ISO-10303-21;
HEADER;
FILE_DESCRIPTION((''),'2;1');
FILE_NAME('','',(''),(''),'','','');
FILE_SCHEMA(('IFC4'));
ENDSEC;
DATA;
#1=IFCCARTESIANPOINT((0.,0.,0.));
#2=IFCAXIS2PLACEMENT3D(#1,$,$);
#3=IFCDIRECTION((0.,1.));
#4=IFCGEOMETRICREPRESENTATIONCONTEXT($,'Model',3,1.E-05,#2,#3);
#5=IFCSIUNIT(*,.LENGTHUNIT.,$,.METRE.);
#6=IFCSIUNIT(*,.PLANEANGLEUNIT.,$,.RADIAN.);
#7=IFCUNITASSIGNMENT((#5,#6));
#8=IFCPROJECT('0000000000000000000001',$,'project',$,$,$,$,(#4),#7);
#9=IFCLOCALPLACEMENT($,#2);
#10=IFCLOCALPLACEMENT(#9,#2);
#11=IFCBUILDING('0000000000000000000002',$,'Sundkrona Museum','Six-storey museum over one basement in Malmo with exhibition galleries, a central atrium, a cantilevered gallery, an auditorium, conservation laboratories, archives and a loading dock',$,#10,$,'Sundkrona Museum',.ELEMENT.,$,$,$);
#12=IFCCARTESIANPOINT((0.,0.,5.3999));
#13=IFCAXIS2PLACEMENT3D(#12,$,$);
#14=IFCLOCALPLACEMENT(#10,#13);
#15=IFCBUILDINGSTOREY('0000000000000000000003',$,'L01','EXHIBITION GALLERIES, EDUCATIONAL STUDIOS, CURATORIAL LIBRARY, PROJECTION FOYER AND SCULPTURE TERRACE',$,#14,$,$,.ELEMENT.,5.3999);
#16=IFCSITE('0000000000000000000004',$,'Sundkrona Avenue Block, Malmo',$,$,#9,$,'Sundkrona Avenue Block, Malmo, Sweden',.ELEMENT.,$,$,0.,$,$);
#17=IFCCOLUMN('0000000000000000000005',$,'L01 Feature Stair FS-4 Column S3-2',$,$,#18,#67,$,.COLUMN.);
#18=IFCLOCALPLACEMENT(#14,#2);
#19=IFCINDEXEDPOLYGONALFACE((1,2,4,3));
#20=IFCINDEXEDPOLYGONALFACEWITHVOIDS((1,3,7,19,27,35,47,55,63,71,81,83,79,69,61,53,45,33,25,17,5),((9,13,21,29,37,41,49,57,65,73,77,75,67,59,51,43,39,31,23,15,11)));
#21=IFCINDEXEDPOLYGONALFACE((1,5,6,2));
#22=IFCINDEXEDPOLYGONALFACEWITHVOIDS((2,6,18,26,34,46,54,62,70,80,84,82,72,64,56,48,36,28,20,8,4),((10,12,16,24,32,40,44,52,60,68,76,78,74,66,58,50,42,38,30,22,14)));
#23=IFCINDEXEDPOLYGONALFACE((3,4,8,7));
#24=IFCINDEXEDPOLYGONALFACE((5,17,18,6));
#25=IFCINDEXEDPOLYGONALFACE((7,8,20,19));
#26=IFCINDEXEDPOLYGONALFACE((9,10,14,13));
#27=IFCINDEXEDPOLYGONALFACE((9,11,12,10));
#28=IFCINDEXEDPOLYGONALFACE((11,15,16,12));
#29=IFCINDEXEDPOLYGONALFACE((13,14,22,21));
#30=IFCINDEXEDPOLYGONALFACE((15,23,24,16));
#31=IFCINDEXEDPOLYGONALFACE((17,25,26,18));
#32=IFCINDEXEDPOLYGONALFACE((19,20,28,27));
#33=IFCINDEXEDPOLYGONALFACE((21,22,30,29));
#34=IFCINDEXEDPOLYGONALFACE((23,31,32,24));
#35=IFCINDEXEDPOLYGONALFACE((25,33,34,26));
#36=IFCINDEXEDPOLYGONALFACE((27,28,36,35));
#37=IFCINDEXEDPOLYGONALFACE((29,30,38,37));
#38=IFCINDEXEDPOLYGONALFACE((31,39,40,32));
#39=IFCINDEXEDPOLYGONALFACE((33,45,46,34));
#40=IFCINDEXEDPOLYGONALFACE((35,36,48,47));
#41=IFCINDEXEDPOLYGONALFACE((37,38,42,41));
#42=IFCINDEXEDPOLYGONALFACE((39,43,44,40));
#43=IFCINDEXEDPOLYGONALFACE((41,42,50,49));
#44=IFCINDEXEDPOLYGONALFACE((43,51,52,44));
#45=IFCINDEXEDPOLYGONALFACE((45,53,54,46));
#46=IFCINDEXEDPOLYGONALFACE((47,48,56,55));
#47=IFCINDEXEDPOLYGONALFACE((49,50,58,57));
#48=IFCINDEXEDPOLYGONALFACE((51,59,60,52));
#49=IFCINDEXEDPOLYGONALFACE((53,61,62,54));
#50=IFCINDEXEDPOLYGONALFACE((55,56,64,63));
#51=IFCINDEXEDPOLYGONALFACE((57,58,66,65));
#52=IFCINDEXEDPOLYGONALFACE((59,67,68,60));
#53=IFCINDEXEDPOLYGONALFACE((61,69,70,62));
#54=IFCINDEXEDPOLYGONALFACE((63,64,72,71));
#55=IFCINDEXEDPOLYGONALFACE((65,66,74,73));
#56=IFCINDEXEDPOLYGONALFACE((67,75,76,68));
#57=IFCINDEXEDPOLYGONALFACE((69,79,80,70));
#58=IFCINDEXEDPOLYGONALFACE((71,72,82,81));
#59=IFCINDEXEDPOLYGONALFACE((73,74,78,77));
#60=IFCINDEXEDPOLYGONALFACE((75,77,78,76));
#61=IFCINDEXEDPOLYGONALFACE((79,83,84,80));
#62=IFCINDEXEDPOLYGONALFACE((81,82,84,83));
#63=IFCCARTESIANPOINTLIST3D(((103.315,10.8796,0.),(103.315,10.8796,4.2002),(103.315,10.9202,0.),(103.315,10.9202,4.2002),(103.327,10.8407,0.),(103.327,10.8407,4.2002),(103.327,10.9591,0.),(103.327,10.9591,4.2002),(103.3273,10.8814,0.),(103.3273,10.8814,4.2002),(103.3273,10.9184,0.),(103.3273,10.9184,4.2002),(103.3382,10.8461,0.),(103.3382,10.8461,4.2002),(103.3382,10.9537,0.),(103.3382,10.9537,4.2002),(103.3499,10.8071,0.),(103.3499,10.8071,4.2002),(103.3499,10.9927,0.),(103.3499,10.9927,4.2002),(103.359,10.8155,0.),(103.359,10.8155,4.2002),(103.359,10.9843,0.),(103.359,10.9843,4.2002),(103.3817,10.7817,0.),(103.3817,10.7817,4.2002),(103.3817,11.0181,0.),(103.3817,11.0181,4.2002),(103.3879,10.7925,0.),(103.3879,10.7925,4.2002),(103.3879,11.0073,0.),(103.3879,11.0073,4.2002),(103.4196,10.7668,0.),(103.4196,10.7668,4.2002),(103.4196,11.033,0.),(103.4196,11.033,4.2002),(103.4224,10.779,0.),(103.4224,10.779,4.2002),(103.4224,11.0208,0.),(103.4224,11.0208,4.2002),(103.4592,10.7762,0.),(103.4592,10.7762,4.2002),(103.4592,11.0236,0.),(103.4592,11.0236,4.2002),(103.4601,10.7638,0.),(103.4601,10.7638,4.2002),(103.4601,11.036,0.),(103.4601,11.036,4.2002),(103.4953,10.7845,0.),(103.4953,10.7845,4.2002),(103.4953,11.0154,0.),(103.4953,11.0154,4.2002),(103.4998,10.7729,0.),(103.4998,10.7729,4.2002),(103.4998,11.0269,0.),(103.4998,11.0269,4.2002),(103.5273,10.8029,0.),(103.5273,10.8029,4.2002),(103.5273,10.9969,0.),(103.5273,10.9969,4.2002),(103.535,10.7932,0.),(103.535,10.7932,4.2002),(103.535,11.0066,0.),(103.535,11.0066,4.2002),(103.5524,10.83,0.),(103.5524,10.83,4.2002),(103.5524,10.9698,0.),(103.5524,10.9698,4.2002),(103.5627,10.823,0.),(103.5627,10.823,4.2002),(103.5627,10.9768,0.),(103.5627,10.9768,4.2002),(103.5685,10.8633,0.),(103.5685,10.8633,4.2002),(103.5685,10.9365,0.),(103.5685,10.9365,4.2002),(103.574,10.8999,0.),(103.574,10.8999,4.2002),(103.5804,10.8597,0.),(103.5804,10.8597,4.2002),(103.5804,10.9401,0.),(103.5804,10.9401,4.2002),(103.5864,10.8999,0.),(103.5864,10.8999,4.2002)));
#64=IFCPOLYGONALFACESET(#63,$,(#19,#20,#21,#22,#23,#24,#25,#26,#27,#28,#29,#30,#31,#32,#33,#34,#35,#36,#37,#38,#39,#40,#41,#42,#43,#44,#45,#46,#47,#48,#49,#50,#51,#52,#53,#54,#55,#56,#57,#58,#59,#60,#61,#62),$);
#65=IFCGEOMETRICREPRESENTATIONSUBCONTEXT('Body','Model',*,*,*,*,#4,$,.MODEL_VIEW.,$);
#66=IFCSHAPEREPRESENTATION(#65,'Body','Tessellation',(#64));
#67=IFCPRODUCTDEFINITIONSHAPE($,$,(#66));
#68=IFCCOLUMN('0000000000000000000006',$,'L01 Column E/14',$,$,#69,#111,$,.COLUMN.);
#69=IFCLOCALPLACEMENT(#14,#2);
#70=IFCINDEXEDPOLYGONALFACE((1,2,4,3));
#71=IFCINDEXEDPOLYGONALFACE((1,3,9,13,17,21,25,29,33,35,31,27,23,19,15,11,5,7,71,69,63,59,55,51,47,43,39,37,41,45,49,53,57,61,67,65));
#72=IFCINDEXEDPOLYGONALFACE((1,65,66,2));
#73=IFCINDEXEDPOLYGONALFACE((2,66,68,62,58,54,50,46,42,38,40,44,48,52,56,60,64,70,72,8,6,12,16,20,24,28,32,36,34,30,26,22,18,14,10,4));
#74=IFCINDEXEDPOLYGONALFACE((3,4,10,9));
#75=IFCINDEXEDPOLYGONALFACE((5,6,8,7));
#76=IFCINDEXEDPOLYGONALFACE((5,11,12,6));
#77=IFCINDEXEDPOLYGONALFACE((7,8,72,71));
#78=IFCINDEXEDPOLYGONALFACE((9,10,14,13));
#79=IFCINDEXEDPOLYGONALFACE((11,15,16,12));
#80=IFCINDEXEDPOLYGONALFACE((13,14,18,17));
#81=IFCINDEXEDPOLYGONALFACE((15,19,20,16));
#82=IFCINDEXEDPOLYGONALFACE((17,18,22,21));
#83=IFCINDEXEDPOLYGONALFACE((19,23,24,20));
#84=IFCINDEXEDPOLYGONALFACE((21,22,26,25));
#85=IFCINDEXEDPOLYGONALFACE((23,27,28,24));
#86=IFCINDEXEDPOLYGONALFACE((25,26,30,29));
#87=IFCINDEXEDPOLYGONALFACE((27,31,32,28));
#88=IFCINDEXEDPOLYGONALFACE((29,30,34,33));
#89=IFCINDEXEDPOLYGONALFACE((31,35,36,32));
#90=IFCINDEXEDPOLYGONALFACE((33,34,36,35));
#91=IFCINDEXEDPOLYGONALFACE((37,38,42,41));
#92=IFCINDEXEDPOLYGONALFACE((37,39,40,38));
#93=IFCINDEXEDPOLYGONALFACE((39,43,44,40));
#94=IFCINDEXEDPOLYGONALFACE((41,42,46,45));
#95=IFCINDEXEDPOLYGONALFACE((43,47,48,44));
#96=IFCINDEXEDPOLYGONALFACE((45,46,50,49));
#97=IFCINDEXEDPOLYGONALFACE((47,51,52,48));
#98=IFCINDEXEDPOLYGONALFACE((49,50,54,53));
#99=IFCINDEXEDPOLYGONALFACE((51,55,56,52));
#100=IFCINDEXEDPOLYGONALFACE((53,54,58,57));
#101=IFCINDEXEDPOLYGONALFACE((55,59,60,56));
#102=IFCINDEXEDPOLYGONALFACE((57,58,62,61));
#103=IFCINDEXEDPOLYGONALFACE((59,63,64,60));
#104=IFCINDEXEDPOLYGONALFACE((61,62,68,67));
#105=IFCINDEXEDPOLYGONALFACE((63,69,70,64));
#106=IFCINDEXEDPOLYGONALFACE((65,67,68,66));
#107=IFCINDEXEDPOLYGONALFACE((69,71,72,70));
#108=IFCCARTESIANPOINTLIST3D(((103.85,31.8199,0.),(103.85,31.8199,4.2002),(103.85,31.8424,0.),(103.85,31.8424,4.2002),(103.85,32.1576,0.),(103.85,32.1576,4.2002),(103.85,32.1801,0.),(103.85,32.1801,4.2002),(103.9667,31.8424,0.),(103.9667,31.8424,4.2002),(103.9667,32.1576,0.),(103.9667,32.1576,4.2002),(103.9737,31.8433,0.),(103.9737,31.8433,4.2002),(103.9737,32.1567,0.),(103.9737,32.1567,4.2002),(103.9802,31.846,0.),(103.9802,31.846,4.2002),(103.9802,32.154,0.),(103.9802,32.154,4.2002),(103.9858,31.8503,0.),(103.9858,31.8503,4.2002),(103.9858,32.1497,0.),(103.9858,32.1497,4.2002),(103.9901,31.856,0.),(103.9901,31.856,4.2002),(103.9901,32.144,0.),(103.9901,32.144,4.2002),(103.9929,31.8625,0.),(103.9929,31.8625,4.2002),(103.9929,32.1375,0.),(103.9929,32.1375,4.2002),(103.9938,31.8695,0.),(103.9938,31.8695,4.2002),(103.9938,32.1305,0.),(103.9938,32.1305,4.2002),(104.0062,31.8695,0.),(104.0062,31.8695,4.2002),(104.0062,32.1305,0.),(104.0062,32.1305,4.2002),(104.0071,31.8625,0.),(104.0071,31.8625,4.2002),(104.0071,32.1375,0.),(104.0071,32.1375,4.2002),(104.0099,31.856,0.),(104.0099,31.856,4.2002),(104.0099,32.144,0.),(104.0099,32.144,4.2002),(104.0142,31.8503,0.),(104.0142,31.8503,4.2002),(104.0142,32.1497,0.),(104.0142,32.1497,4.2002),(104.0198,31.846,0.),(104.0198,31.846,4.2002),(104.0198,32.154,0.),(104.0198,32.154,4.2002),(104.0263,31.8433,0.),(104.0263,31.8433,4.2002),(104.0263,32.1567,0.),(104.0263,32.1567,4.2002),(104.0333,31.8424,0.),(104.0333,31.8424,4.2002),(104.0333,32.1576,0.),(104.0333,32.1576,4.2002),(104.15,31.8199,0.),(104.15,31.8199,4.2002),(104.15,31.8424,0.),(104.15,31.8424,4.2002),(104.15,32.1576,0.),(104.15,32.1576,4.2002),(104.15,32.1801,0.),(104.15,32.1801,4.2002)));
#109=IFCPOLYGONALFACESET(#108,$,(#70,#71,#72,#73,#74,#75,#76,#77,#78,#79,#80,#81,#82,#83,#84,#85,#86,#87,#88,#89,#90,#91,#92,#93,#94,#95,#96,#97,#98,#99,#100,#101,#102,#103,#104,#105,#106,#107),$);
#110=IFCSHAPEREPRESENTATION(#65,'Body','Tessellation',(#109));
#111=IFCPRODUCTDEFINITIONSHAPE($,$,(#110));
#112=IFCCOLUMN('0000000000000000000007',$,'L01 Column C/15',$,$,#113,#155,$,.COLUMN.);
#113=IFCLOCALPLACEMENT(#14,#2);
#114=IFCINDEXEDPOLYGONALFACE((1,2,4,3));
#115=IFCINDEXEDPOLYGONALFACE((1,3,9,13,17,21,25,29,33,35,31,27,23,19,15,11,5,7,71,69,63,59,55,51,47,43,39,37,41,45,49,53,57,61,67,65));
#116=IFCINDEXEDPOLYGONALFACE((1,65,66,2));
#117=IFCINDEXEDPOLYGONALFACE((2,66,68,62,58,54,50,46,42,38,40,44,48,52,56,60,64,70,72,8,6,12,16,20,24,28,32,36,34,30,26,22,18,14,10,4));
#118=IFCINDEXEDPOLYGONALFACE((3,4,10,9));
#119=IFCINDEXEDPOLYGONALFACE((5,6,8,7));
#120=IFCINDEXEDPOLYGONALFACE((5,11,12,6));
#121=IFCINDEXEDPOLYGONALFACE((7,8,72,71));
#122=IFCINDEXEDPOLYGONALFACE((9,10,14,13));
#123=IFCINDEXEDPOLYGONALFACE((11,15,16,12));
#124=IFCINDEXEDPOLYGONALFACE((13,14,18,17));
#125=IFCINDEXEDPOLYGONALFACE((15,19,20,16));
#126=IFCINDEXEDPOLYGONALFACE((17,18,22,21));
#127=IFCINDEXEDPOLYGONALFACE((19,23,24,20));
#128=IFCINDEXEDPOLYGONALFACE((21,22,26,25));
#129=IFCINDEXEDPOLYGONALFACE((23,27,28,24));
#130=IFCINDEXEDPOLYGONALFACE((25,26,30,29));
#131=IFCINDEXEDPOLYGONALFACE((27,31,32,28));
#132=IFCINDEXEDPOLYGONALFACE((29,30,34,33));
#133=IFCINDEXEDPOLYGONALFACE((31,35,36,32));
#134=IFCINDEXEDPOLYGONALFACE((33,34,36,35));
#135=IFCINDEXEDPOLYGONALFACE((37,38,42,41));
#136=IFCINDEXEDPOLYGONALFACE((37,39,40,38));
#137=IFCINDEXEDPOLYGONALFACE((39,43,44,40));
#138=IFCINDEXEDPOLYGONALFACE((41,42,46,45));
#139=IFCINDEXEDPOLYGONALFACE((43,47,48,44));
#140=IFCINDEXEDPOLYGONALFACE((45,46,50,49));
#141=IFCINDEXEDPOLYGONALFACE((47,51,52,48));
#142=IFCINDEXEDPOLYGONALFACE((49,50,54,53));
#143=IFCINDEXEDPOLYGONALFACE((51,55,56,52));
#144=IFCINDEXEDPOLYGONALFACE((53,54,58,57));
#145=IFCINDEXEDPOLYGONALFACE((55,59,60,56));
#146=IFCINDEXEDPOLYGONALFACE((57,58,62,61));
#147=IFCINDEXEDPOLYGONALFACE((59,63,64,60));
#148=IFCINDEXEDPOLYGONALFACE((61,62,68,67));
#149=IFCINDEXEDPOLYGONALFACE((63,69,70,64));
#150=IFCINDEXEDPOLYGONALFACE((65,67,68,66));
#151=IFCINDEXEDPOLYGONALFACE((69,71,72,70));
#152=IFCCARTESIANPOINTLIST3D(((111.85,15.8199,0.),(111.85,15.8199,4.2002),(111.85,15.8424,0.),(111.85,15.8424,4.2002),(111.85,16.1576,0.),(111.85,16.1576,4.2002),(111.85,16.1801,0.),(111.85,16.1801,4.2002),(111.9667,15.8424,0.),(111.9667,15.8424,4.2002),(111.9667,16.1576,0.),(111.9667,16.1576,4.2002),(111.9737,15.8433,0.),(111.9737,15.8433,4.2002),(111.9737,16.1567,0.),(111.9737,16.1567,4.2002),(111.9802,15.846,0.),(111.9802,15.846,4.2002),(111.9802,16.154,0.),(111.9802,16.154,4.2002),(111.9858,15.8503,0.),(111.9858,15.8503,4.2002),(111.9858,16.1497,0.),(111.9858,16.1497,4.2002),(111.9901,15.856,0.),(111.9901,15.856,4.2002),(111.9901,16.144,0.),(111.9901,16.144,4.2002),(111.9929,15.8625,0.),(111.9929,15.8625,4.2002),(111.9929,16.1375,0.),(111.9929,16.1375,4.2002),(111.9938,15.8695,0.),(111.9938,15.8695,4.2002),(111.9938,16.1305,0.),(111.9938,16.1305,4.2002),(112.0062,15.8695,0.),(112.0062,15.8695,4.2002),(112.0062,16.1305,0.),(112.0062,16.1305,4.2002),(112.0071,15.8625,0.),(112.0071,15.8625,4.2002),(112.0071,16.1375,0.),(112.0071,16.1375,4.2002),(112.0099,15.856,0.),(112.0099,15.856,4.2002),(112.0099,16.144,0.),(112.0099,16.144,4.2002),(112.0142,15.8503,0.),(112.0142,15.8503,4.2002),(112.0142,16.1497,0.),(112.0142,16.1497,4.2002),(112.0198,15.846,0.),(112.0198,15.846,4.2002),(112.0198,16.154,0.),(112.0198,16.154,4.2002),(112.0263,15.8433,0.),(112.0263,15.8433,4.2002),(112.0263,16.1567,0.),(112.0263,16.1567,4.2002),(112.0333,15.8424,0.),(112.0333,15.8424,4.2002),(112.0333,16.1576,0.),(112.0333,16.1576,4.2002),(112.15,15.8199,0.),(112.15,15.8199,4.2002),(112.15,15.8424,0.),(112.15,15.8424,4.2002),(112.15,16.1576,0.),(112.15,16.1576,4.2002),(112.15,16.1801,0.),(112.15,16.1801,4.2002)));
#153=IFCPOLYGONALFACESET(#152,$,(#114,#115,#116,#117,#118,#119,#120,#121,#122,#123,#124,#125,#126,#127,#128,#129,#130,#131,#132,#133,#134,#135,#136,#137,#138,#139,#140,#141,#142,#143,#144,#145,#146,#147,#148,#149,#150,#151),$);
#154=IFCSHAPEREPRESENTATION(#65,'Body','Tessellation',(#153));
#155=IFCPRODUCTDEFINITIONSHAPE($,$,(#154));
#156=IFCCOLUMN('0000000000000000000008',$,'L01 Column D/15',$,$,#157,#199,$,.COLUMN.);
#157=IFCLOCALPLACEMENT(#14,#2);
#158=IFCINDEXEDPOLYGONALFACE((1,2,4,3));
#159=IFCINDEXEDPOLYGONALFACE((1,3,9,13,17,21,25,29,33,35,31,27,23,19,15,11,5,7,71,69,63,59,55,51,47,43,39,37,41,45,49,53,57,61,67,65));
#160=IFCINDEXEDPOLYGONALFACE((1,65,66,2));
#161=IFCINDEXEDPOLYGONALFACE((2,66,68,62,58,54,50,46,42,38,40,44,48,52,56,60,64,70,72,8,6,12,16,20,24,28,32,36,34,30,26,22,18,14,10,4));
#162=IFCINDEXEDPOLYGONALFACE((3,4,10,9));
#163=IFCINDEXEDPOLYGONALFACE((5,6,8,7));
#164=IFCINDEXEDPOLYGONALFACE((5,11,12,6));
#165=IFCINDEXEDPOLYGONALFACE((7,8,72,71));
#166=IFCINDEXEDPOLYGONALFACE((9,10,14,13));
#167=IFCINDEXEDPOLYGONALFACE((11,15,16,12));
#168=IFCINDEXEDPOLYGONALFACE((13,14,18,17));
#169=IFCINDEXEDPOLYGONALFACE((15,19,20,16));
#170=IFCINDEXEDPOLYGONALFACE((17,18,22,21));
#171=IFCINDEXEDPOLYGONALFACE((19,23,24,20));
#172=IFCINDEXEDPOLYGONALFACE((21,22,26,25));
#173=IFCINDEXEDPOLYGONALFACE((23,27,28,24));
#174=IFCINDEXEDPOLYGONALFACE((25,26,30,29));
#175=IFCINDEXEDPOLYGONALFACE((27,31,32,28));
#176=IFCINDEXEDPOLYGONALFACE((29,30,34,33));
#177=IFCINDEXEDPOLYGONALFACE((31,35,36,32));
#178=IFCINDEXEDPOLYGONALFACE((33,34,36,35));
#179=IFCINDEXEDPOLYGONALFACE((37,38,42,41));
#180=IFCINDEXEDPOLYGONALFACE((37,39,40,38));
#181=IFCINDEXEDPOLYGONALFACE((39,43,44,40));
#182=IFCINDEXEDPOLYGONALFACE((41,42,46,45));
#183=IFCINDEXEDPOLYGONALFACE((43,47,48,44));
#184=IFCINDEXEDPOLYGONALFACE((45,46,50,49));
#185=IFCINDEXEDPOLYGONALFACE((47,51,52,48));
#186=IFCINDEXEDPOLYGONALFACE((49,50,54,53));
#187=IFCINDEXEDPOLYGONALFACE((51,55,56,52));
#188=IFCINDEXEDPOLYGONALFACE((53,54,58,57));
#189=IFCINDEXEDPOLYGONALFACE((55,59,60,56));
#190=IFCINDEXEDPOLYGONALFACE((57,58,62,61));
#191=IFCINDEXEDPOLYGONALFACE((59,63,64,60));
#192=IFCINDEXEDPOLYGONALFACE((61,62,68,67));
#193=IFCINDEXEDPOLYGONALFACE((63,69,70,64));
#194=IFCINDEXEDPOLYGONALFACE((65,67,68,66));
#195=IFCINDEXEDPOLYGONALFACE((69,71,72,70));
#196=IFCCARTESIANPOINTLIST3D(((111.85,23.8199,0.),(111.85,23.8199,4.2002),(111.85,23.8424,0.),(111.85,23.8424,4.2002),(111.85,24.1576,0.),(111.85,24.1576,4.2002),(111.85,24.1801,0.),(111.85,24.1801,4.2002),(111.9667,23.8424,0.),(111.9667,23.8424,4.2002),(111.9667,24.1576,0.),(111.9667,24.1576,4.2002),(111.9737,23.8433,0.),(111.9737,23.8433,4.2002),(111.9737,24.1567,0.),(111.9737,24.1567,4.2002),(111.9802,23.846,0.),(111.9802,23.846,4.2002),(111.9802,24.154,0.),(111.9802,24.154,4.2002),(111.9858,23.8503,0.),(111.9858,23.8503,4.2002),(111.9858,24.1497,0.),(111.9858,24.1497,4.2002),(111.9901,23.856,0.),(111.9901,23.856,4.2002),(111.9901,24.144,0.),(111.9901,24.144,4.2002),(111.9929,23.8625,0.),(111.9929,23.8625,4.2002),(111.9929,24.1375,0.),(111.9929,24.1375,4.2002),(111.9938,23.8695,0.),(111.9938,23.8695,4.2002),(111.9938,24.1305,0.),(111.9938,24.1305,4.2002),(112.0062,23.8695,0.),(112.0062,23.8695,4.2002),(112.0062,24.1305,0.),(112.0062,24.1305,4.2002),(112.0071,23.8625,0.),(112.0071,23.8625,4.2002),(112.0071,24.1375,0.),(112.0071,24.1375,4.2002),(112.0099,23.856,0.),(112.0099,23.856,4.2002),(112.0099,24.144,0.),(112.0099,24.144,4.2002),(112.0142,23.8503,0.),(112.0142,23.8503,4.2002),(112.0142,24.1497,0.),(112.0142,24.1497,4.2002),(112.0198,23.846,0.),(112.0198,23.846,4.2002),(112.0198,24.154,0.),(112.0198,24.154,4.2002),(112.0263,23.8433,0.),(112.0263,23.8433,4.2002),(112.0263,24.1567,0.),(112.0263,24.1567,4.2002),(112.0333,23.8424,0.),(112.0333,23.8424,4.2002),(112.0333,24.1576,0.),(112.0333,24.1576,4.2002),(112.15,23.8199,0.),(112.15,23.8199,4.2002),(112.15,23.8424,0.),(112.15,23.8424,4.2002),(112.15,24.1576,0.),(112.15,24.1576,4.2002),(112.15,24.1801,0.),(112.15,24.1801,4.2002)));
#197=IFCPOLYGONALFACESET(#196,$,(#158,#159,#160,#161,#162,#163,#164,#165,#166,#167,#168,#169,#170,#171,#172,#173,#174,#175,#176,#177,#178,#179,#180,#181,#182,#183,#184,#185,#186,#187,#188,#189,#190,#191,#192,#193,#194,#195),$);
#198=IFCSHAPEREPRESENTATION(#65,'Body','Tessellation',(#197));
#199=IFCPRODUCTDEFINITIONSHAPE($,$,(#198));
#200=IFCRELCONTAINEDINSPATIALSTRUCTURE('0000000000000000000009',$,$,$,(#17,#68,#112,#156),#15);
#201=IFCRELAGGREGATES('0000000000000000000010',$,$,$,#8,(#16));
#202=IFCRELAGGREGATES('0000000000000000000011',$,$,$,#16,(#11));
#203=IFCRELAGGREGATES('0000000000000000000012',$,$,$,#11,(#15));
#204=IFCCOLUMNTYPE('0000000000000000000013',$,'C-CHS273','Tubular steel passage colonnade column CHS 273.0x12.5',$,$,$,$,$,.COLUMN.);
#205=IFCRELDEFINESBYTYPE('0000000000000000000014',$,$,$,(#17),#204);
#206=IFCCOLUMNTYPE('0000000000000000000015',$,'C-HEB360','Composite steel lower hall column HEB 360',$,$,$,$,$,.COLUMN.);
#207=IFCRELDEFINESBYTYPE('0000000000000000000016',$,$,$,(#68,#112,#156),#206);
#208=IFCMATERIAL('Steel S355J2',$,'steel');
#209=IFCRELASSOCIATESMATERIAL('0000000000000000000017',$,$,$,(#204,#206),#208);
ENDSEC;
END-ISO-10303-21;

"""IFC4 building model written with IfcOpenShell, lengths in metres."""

from ifc_helpers import new_model, si_unit, direction, frame, origin, origin_2d, place, context, subcontext, project, spatial, hollow_circle, i_section, extrude, material, material_profile, profile_set, type_object, element, save


model = new_model("IFC4")

# Units and contexts
model_context = context("Model", 3, precision=1e-05, world=origin(), true_north=direction((0.0, 1.0)))
body_context = subcontext(model_context, "Body", "Model", "MODEL_VIEW")
ifc_project = project(units=[si_unit("LENGTHUNIT", "METRE"), si_unit("PLANEANGLEUNIT", "RADIAN")], contexts=[model_context])

# Site, building, storey
site_placement = place(None, origin())
site = spatial("IfcSite", under=ifc_project, at=site_placement, Name="Sundkrona Avenue Block, Malmo", LongName="Sundkrona Avenue Block, Malmo, Sweden", CompositionType="ELEMENT", RefElevation=0.0)
building_placement = place(site_placement, origin())
building = spatial("IfcBuilding", under=site, at=building_placement, Name="Sundkrona Museum", Description="Six-storey museum over one basement in Malmo with exhibition galleries, a central atrium, a cantilevered gallery, an auditorium, conservation laboratories, archives and a loading dock", LongName="Sundkrona Museum", CompositionType="ELEMENT")
storey_placement = place(building_placement, frame((0.0, 0.0, 5.3999)))
storey = spatial("IfcBuildingStorey", under=building, at=storey_placement, Name="L01", Description="EXHIBITION GALLERIES, EDUCATIONAL STUDIOS, CURATORIAL LIBRARY, PROJECTION FOYER AND SCULPTURE TERRACE", CompositionType="ELEMENT", Elevation=5.3999)

# Columns
ifc_material_1 = material(Name="Steel S355J2", Category="steel")
ifc_material_profile_1 = material_profile(ifc_material_1, hollow_circle(Radius=0.1365, WallThickness=0.0125, at=origin_2d()), Name="CHS 273.0x12.5")
ifc_profile_set_1 = profile_set([ifc_material_profile_1], Name="Steel S355J2")
column_type_1 = type_object("IfcColumnType", Name="C-CHS273", Description="Tubular steel passage colonnade column CHS 273.0x12.5", PredefinedType="COLUMN", material=ifc_profile_set_1)
column_placement = place(storey_placement, frame((103.45, 10.8999, 0.0), z_axis=(0.0, 0.0, 1.0), x_axis=(1.0, 0.0, 0.0)))
element("IfcColumn", 1, at=column_placement, inside=storey, type_object=column_type_1, Name="L01 Feature Stair FS-4 Column S3-2", PredefinedType="COLUMN", context=body_context, shape_type="SweptSolid", body=[
    extrude(hollow_circle(Radius=0.1365, WallThickness=0.0125, at=origin_2d()), origin(), (0.0, 0.0, 1.0), 4.2002),
])
ifc_material_profile_2 = material_profile(ifc_material_1, i_section(OverallWidth=0.3, OverallDepth=0.3601, WebThickness=0.0125, FlangeThickness=0.0225, FilletRadius=0.0271, at=origin_2d()), Name="HEB 360")
ifc_profile_set_2 = profile_set([ifc_material_profile_2], Name="Steel S355J2")
column_type_2 = type_object("IfcColumnType", Name="C-HEB360", Description="Composite steel lower hall column HEB 360", PredefinedType="COLUMN", material=ifc_profile_set_2)
for number, where, z_axis, x_axis, name in (
    (2, (104.0, 32.0, 0.0), (0.0, 0.0, 1.0), (1.0, 0.0, 0.0), "L01 Column E/14"),
    (3, (112.0, 16.0, 0.0), (0.0, 0.0, 1.0), (1.0, 0.0, 0.0), "L01 Column C/15"),
    (4, (112.0, 24.0, 0.0), (0.0, 0.0, 1.0), (1.0, 0.0, 0.0), "L01 Column D/15"),
):
    element("IfcColumn", number, at=place(storey_placement, frame(where, z_axis=z_axis, x_axis=x_axis)), inside=storey, type_object=column_type_2, Name=name, PredefinedType="COLUMN", context=body_context, shape_type="SweptSolid", body=[
        extrude(i_section(OverallWidth=0.3, OverallDepth=0.3601, WebThickness=0.0125, FlangeThickness=0.0225, FilletRadius=0.0271, at=origin_2d()), origin(), (0.0, 0.0, 1.0), 4.2002),
    ])

save(model, "model.ifc")
